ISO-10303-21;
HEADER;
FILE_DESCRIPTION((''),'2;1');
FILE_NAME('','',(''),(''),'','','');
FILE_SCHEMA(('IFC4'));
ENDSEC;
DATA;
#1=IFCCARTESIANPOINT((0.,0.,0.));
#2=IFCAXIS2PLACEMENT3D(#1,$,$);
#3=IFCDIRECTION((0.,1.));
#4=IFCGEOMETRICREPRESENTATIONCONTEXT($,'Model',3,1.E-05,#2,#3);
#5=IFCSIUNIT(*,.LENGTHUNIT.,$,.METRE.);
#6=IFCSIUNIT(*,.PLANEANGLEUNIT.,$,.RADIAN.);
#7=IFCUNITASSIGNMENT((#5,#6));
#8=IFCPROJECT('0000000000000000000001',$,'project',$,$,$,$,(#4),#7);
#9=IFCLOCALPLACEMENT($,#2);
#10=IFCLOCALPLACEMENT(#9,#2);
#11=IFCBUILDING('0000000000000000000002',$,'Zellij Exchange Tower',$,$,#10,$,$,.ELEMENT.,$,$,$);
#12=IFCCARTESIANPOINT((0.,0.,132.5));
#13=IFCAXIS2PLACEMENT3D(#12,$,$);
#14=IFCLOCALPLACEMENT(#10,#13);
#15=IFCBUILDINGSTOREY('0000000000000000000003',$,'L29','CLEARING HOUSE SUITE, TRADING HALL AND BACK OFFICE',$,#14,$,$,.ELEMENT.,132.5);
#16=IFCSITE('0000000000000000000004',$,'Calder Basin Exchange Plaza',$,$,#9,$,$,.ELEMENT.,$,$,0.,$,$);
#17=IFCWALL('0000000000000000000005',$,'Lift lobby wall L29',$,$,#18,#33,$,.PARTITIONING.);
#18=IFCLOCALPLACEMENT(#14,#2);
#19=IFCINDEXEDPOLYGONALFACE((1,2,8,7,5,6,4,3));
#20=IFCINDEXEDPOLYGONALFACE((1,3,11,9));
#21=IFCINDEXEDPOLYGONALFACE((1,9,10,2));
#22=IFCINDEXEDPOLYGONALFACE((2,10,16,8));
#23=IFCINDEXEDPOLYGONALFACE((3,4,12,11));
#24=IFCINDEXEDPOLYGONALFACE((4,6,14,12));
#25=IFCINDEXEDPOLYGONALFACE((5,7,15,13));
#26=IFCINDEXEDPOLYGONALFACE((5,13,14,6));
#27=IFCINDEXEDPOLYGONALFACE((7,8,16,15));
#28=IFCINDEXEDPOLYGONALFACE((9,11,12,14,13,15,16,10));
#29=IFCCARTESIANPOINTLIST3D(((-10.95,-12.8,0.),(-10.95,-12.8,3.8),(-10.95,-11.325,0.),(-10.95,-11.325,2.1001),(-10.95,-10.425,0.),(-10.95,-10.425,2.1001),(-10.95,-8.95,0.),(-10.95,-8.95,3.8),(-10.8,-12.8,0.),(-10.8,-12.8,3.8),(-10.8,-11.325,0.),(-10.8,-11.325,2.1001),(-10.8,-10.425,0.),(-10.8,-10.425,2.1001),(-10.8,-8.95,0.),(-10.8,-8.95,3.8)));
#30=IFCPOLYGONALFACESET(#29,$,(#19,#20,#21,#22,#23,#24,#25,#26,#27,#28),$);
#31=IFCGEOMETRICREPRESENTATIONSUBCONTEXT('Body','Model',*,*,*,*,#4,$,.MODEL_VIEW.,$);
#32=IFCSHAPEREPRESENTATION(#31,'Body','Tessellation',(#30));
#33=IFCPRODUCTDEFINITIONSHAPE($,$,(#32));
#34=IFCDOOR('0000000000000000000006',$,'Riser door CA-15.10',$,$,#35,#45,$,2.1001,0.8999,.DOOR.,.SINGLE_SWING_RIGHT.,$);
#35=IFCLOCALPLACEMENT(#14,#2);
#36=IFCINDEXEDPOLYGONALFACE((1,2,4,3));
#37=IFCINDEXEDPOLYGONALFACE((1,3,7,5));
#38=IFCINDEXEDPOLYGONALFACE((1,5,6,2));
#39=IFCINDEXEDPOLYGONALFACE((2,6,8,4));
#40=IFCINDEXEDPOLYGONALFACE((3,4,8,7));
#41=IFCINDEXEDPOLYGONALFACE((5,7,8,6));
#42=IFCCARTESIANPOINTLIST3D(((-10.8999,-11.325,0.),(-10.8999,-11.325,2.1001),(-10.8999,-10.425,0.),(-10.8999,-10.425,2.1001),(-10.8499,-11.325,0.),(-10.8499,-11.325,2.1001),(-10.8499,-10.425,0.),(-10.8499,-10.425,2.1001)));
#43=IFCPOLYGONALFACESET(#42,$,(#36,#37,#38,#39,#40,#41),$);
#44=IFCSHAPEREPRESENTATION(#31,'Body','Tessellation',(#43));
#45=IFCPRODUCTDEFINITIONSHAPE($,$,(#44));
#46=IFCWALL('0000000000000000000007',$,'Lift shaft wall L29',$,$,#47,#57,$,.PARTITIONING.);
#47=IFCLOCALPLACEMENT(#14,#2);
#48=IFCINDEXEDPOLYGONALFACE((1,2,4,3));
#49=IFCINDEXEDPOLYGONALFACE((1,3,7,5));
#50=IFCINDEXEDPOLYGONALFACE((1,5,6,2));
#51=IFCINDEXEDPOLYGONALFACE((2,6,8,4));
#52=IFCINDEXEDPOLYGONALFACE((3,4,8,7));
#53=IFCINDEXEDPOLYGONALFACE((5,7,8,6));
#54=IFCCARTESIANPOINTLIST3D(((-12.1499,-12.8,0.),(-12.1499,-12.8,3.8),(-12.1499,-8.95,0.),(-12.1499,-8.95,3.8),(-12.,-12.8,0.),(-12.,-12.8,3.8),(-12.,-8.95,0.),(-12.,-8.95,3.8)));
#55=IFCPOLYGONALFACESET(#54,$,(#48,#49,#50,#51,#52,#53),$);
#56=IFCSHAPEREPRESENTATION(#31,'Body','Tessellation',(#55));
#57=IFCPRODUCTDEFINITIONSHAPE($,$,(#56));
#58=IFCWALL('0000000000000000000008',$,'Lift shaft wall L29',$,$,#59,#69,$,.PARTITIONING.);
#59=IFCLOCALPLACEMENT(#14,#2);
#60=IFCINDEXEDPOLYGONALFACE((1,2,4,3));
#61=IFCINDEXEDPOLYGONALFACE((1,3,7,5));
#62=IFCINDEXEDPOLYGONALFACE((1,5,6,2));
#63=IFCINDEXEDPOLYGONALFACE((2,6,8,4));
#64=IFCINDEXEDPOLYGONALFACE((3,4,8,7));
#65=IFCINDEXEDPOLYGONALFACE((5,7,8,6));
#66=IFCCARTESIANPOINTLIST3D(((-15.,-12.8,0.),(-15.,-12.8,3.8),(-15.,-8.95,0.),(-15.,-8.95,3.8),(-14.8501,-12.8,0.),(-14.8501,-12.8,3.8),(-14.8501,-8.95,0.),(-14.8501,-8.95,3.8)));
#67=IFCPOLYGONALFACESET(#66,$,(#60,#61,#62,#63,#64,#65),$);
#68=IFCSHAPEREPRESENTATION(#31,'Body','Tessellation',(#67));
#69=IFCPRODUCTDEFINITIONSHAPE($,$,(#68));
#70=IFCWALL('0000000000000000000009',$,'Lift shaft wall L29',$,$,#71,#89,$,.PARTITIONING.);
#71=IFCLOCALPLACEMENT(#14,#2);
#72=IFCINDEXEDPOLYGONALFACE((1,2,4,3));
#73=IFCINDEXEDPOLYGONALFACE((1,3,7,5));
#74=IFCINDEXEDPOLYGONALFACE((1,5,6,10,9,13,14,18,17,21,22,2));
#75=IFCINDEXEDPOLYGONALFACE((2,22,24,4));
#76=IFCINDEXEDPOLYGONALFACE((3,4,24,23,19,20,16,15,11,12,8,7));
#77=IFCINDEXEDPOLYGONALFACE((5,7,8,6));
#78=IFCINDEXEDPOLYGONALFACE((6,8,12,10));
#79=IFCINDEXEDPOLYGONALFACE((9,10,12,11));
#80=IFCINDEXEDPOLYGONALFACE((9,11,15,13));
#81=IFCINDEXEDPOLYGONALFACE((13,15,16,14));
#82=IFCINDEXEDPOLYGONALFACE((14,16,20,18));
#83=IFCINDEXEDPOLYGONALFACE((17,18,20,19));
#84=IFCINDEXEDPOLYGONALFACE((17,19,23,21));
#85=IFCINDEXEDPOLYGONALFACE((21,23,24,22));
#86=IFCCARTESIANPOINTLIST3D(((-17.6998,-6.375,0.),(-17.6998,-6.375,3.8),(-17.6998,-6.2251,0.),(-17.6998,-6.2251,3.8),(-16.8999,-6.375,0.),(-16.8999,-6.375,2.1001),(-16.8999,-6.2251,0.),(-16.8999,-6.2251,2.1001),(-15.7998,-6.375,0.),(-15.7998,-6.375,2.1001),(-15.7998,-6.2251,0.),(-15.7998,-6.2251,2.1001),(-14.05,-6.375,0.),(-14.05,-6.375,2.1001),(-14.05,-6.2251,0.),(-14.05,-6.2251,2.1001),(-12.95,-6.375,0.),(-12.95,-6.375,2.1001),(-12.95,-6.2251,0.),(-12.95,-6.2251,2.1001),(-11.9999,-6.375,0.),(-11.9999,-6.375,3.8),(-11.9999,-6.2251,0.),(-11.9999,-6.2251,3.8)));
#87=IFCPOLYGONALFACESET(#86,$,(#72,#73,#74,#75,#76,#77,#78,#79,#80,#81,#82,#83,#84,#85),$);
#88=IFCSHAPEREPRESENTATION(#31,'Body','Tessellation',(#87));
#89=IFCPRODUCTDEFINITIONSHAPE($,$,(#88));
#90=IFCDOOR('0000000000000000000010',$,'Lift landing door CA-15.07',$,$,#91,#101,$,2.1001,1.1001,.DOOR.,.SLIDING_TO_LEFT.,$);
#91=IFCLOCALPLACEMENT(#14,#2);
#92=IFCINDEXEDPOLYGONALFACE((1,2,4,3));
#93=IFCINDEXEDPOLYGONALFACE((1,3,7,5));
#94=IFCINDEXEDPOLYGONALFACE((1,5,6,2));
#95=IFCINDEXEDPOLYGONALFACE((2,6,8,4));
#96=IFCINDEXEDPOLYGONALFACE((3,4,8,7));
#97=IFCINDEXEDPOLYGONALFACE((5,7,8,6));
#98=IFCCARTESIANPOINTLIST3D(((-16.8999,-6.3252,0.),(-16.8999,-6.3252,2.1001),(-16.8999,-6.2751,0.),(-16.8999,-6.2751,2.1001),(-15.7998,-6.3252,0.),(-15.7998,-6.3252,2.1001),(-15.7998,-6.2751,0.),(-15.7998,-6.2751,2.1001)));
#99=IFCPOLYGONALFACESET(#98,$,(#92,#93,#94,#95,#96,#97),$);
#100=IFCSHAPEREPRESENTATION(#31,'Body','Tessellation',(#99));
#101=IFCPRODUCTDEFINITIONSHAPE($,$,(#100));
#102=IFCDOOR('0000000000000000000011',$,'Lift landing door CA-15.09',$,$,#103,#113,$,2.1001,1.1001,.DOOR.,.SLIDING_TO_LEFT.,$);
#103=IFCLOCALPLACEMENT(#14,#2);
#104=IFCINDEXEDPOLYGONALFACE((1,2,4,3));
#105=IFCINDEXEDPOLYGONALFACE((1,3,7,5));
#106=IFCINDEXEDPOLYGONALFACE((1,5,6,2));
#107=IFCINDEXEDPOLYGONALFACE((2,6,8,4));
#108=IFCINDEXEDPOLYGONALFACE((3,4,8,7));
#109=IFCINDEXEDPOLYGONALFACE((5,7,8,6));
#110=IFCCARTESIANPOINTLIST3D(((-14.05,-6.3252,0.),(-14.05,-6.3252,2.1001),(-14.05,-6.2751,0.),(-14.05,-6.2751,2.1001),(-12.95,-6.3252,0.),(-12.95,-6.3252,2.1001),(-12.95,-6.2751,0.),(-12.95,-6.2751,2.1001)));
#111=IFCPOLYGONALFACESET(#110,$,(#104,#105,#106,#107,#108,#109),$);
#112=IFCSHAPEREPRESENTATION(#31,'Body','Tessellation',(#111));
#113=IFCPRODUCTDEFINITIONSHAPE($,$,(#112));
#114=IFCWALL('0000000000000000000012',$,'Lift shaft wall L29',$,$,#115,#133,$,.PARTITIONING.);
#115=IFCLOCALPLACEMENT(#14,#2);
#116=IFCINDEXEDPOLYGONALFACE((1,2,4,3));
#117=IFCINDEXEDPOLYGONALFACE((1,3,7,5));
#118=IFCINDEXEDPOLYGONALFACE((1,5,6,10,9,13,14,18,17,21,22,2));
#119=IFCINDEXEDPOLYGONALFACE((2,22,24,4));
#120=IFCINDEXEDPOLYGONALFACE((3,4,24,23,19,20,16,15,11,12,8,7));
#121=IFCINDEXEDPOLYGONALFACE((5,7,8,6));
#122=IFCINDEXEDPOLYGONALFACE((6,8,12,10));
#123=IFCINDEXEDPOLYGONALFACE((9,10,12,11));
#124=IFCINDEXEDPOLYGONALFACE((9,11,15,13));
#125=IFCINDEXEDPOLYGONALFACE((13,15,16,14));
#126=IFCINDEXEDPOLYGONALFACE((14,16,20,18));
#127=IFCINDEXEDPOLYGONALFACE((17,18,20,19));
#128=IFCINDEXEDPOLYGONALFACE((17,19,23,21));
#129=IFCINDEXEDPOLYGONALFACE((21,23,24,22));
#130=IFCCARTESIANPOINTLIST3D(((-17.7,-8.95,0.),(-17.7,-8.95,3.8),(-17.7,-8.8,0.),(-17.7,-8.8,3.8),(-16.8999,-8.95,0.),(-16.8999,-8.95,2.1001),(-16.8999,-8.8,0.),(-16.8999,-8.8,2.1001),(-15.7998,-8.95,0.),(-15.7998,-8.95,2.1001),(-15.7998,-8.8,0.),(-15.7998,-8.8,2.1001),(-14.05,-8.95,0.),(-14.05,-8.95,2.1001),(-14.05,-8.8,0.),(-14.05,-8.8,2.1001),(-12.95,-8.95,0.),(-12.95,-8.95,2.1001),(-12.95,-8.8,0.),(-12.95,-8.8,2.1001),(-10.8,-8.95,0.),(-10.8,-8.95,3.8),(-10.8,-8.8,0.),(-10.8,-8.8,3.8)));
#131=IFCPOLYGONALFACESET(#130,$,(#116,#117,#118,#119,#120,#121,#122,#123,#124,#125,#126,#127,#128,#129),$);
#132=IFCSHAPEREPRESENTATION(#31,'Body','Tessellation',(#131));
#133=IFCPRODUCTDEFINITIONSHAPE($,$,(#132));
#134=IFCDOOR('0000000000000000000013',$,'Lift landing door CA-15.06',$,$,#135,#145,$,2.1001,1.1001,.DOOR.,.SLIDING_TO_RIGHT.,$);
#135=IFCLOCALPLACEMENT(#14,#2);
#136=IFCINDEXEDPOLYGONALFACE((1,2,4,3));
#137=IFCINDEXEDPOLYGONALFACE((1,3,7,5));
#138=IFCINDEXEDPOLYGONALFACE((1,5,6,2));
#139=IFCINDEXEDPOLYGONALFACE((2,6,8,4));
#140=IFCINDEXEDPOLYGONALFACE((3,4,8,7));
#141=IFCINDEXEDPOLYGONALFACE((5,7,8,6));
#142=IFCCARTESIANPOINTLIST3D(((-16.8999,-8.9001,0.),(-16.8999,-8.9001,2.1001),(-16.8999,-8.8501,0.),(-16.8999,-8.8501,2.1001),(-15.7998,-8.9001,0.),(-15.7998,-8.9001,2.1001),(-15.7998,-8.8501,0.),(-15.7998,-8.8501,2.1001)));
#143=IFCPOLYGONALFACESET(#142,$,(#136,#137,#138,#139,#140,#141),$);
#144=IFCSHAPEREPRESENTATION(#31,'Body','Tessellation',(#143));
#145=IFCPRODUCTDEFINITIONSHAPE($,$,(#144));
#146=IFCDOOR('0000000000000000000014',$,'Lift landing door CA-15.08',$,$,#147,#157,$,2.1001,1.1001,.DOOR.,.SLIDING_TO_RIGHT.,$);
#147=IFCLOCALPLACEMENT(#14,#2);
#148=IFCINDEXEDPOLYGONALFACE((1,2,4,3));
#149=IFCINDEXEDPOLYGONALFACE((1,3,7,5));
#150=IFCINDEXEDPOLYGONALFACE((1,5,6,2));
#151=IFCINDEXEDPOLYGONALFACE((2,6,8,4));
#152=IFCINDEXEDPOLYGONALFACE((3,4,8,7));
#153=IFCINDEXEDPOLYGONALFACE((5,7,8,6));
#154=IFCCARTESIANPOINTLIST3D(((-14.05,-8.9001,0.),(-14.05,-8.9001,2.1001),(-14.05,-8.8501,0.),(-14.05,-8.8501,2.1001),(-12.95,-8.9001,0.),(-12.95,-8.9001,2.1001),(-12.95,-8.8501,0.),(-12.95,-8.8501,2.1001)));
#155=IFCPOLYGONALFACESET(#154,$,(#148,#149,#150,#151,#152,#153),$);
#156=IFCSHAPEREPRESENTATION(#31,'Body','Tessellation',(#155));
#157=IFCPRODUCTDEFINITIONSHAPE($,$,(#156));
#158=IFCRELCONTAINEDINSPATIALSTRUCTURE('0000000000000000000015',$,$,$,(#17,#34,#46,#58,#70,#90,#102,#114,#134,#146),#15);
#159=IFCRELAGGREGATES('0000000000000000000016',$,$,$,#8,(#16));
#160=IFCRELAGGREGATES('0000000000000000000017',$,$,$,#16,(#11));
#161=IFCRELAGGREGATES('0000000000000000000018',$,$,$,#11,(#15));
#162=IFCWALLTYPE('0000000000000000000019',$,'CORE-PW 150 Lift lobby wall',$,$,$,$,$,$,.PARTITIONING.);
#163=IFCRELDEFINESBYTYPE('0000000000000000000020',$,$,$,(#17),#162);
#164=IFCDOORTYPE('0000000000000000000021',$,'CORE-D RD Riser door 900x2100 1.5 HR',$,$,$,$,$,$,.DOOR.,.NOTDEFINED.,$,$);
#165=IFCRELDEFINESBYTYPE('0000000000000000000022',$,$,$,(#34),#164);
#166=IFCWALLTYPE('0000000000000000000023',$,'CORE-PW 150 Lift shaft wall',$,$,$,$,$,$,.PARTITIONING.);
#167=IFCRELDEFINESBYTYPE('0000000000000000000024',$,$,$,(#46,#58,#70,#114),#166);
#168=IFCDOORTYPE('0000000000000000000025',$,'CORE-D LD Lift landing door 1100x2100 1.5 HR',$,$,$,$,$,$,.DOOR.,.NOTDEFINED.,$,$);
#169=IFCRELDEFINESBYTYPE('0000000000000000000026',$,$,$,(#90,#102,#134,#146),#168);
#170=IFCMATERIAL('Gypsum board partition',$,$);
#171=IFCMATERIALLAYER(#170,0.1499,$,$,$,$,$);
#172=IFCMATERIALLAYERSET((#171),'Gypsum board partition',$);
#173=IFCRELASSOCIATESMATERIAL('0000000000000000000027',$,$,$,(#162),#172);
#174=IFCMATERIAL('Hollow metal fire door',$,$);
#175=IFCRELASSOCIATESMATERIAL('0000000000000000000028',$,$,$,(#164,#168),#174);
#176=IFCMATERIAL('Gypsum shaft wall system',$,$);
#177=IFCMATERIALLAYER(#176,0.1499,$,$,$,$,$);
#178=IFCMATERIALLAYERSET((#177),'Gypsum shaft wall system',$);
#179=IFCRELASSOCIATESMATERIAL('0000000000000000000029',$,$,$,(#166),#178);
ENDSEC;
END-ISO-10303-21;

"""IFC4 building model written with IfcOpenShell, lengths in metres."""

from ifc_helpers import new_model, si_unit, direction, frame, frame_2d, origin, place, context, subcontext, project, spatial, rectangle, extrude, material, layer, layer_set, type_object, element, fill, save


model = new_model("IFC4")

# Units and contexts
model_context = context("Model", 3, precision=1e-05, world=origin(), true_north=direction((0.0, 1.0)))
body_context = subcontext(model_context, "Body", "Model", "MODEL_VIEW")
ifc_project = project(units=[si_unit("LENGTHUNIT", "METRE"), si_unit("PLANEANGLEUNIT", "RADIAN")], contexts=[model_context])

# Site, building, storey
site_placement = place(None, origin())
site = spatial("IfcSite", under=ifc_project, at=site_placement, Name="Calder Basin Exchange Plaza", CompositionType="ELEMENT", RefElevation=0.0)
building_placement = place(site_placement, origin())
building = spatial("IfcBuilding", under=site, at=building_placement, Name="Zellij Exchange Tower", CompositionType="ELEMENT")
storey_placement = place(building_placement, frame((0.0, 0.0, 132.5)))
storey = spatial("IfcBuildingStorey", under=building, at=storey_placement, Name="L29", Description="CLEARING HOUSE SUITE, TRADING HALL AND BACK OFFICE", CompositionType="ELEMENT", Elevation=132.5)

# Wall, opening, door
ifc_material_1 = material(Name="Gypsum board partition")
ifc_layer_1 = layer(ifc_material_1, 0.1499)
ifc_layer_set_1 = layer_set([ifc_layer_1], Name="Gypsum board partition")
wall_type_1 = type_object("IfcWallType", Name="CORE-PW 150 Lift lobby wall", PredefinedType="PARTITIONING", material=ifc_layer_set_1)
wall_1_placement = place(storey_placement, frame((-10.875, -12.8, 0.0), z_axis=(0.0, 0.0, 1.0), x_axis=(0.0, 1.0, 0.0)))
wall_1 = element("IfcWall", 1, at=wall_1_placement, inside=storey, type_object=wall_type_1, Name="Lift lobby wall L29", PredefinedType="PARTITIONING", context=body_context, shape_type="SweptSolid", body=[
    extrude(rectangle(XDim=3.8501, YDim=0.1499, at=frame_2d((1.925, 0.0))), origin(), (0.0, 0.0, 1.0), 3.8),
])
opening_1_placement = place(wall_1_placement, frame((1.4751, 0.0, 0.0)))
opening_1 = element("IfcOpeningElement", 2, at=opening_1_placement, cuts=wall_1, PredefinedType="OPENING", context=body_context, shape_type="SweptSolid", body=[
    extrude(rectangle(XDim=0.8999, YDim=2.1001, at=frame_2d((0.45, 1.05))), frame((0.0, 0.0869, 0.0), z_axis=(0.0, -1.0, 0.0), x_axis=(1.0, 0.0, 0.0)), (0.0, 0.0, 1.0), 0.1738),
])
ifc_material_2 = material(Name="Hollow metal fire door")
door_type_1 = type_object("IfcDoorType", Name="CORE-D RD Riser door 900x2100 1.5 HR", OperationType="NOTDEFINED", PredefinedType="DOOR", material=ifc_material_2)
door_1_placement = place(opening_1_placement, origin())
door_1 = element("IfcDoor", 3, at=door_1_placement, inside=storey, type_object=door_type_1, Name="Riser door CA-15.10", OperationType="SINGLE_SWING_RIGHT", OverallHeight=2.1001, OverallWidth=0.8999, PredefinedType="DOOR", context=body_context, shape_type="SweptSolid", body=[
    extrude(rectangle(XDim=0.8999, YDim=2.1001, at=frame_2d((0.45, 1.05))), frame((0.0, 0.0249, 0.0), z_axis=(0.0, -1.0, 0.0), x_axis=(1.0, 0.0, 0.0)), (0.0, 0.0, 1.0), 0.05),
])
fill(opening_1, door_1)

# Walls
ifc_material_3 = material(Name="Gypsum shaft wall system")
ifc_layer_2 = layer(ifc_material_3, 0.1499)
ifc_layer_set_2 = layer_set([ifc_layer_2], Name="Gypsum shaft wall system")
wall_type_2 = type_object("IfcWallType", Name="CORE-PW 150 Lift shaft wall", PredefinedType="PARTITIONING", material=ifc_layer_set_2)
for number, where, z_axis, x_axis, name in (
    (4, (-12.075, -12.8, 0.0), (0.0, 0.0, 1.0), (0.0, 1.0, 0.0), "Lift shaft wall L29"),
    (5, (-14.925, -12.8, 0.0), (0.0, 0.0, 1.0), (0.0, 1.0, 0.0), "Lift shaft wall L29"),
):
    element("IfcWall", number, at=place(storey_placement, frame(where, z_axis=z_axis, x_axis=x_axis)), inside=storey, type_object=wall_type_2, Name=name, PredefinedType="PARTITIONING", context=body_context, shape_type="SweptSolid", body=[
        extrude(rectangle(XDim=3.8501, YDim=0.1499, at=frame_2d((1.925, 0.0))), origin(), (0.0, 0.0, 1.0), 3.8),
    ])

# Walls, openings, doors
wall_2_placement = place(storey_placement, frame((-17.7, -6.3, 0.0), z_axis=(0.0, 0.0, 1.0), x_axis=(1.0, 0.0, 0.0)))
wall_2 = element("IfcWall", 6, at=wall_2_placement, inside=storey, type_object=wall_type_2, Name="Lift shaft wall L29", PredefinedType="PARTITIONING", context=body_context, shape_type="SweptSolid", body=[
    extrude(rectangle(XDim=5.7, YDim=0.1499, at=frame_2d((2.8501, 0.0))), origin(), (0.0, 0.0, 1.0), 3.8),
])
opening_2_placement = place(wall_2_placement, frame((0.8, 0.0, 0.0)))
opening_2 = element("IfcOpeningElement", 7, at=opening_2_placement, cuts=wall_2, PredefinedType="OPENING", context=body_context, shape_type="SweptSolid", body=[
    extrude(rectangle(XDim=1.1001, YDim=2.1001, at=frame_2d((0.55, 1.05))), frame((0.0, 0.0869, 0.0), z_axis=(0.0, -1.0, 0.0), x_axis=(1.0, 0.0, 0.0)), (0.0, 0.0, 1.0), 0.1738),
])
opening_3_placement = place(wall_2_placement, frame((3.6499, 0.0, 0.0)))
opening_3 = element("IfcOpeningElement", 8, at=opening_3_placement, cuts=wall_2, PredefinedType="OPENING", context=body_context, shape_type="SweptSolid", body=[
    extrude(rectangle(XDim=1.1001, YDim=2.1001, at=frame_2d((0.55, 1.05))), frame((0.0, 0.0869, 0.0), z_axis=(0.0, -1.0, 0.0), x_axis=(1.0, 0.0, 0.0)), (0.0, 0.0, 1.0), 0.1738),
])
door_type_2 = type_object("IfcDoorType", Name="CORE-D LD Lift landing door 1100x2100 1.5 HR", OperationType="NOTDEFINED", PredefinedType="DOOR", material=ifc_material_2)
door_2_placement = place(opening_2_placement, origin())
door_2 = element("IfcDoor", 9, at=door_2_placement, inside=storey, type_object=door_type_2, Name="Lift landing door CA-15.07", OperationType="SLIDING_TO_LEFT", OverallHeight=2.1001, OverallWidth=1.1001, PredefinedType="DOOR", context=body_context, shape_type="SweptSolid", body=[
    extrude(rectangle(XDim=1.1001, YDim=2.1001, at=frame_2d((0.55, 1.05))), frame((0.0, 0.0249, 0.0), z_axis=(0.0, -1.0, 0.0), x_axis=(1.0, 0.0, 0.0)), (0.0, 0.0, 1.0), 0.05),
])
fill(opening_2, door_2)
door_3_placement = place(opening_3_placement, origin())
door_3 = element("IfcDoor", 10, at=door_3_placement, inside=storey, type_object=door_type_2, Name="Lift landing door CA-15.09", OperationType="SLIDING_TO_LEFT", OverallHeight=2.1001, OverallWidth=1.1001, PredefinedType="DOOR", context=body_context, shape_type="SweptSolid", body=[
    extrude(rectangle(XDim=1.1001, YDim=2.1001, at=frame_2d((0.55, 1.05))), frame((0.0, 0.0249, 0.0), z_axis=(0.0, -1.0, 0.0), x_axis=(1.0, 0.0, 0.0)), (0.0, 0.0, 1.0), 0.05),
])
fill(opening_3, door_3)
wall_3_placement = place(storey_placement, frame((-17.7, -8.875, 0.0), z_axis=(0.0, 0.0, 1.0), x_axis=(1.0, 0.0, 0.0)))
wall_3 = element("IfcWall", 11, at=wall_3_placement, inside=storey, type_object=wall_type_2, Name="Lift shaft wall L29", PredefinedType="PARTITIONING", context=body_context, shape_type="SweptSolid", body=[
    extrude(rectangle(XDim=6.8999, YDim=0.1499, at=frame_2d((3.45, 0.0))), origin(), (0.0, 0.0, 1.0), 3.8),
])
opening_4_placement = place(wall_3_placement, frame((0.8, 0.0, 0.0)))
opening_4 = element("IfcOpeningElement", 12, at=opening_4_placement, cuts=wall_3, PredefinedType="OPENING", context=body_context, shape_type="SweptSolid", body=[
    extrude(rectangle(XDim=1.1001, YDim=2.1001, at=frame_2d((0.55, 1.05))), frame((0.0, 0.0869, 0.0), z_axis=(0.0, -1.0, 0.0), x_axis=(1.0, 0.0, 0.0)), (0.0, 0.0, 1.0), 0.1738),
])
opening_5_placement = place(wall_3_placement, frame((3.6499, 0.0, 0.0)))
opening_5 = element("IfcOpeningElement", 13, at=opening_5_placement, cuts=wall_3, PredefinedType="OPENING", context=body_context, shape_type="SweptSolid", body=[
    extrude(rectangle(XDim=1.1001, YDim=2.1001, at=frame_2d((0.55, 1.05))), frame((0.0, 0.0869, 0.0), z_axis=(0.0, -1.0, 0.0), x_axis=(1.0, 0.0, 0.0)), (0.0, 0.0, 1.0), 0.1738),
])
door_4_placement = place(opening_4_placement, origin())
door_4 = element("IfcDoor", 14, at=door_4_placement, inside=storey, type_object=door_type_2, Name="Lift landing door CA-15.06", OperationType="SLIDING_TO_RIGHT", OverallHeight=2.1001, OverallWidth=1.1001, PredefinedType="DOOR", context=body_context, shape_type="SweptSolid", body=[
    extrude(rectangle(XDim=1.1001, YDim=2.1001, at=frame_2d((0.55, 1.05))), frame((0.0, 0.0249, 0.0), z_axis=(0.0, -1.0, 0.0), x_axis=(1.0, 0.0, 0.0)), (0.0, 0.0, 1.0), 0.05),
])
fill(opening_4, door_4)
door_5_placement = place(opening_5_placement, origin())
door_5 = element("IfcDoor", 15, at=door_5_placement, inside=storey, type_object=door_type_2, Name="Lift landing door CA-15.08", OperationType="SLIDING_TO_RIGHT", OverallHeight=2.1001, OverallWidth=1.1001, PredefinedType="DOOR", context=body_context, shape_type="SweptSolid", body=[
    extrude(rectangle(XDim=1.1001, YDim=2.1001, at=frame_2d((0.55, 1.05))), frame((0.0, 0.0249, 0.0), z_axis=(0.0, -1.0, 0.0), x_axis=(1.0, 0.0, 0.0)), (0.0, 0.0, 1.0), 0.05),
])
fill(opening_5, door_5)

save(model, "model.ifc")
